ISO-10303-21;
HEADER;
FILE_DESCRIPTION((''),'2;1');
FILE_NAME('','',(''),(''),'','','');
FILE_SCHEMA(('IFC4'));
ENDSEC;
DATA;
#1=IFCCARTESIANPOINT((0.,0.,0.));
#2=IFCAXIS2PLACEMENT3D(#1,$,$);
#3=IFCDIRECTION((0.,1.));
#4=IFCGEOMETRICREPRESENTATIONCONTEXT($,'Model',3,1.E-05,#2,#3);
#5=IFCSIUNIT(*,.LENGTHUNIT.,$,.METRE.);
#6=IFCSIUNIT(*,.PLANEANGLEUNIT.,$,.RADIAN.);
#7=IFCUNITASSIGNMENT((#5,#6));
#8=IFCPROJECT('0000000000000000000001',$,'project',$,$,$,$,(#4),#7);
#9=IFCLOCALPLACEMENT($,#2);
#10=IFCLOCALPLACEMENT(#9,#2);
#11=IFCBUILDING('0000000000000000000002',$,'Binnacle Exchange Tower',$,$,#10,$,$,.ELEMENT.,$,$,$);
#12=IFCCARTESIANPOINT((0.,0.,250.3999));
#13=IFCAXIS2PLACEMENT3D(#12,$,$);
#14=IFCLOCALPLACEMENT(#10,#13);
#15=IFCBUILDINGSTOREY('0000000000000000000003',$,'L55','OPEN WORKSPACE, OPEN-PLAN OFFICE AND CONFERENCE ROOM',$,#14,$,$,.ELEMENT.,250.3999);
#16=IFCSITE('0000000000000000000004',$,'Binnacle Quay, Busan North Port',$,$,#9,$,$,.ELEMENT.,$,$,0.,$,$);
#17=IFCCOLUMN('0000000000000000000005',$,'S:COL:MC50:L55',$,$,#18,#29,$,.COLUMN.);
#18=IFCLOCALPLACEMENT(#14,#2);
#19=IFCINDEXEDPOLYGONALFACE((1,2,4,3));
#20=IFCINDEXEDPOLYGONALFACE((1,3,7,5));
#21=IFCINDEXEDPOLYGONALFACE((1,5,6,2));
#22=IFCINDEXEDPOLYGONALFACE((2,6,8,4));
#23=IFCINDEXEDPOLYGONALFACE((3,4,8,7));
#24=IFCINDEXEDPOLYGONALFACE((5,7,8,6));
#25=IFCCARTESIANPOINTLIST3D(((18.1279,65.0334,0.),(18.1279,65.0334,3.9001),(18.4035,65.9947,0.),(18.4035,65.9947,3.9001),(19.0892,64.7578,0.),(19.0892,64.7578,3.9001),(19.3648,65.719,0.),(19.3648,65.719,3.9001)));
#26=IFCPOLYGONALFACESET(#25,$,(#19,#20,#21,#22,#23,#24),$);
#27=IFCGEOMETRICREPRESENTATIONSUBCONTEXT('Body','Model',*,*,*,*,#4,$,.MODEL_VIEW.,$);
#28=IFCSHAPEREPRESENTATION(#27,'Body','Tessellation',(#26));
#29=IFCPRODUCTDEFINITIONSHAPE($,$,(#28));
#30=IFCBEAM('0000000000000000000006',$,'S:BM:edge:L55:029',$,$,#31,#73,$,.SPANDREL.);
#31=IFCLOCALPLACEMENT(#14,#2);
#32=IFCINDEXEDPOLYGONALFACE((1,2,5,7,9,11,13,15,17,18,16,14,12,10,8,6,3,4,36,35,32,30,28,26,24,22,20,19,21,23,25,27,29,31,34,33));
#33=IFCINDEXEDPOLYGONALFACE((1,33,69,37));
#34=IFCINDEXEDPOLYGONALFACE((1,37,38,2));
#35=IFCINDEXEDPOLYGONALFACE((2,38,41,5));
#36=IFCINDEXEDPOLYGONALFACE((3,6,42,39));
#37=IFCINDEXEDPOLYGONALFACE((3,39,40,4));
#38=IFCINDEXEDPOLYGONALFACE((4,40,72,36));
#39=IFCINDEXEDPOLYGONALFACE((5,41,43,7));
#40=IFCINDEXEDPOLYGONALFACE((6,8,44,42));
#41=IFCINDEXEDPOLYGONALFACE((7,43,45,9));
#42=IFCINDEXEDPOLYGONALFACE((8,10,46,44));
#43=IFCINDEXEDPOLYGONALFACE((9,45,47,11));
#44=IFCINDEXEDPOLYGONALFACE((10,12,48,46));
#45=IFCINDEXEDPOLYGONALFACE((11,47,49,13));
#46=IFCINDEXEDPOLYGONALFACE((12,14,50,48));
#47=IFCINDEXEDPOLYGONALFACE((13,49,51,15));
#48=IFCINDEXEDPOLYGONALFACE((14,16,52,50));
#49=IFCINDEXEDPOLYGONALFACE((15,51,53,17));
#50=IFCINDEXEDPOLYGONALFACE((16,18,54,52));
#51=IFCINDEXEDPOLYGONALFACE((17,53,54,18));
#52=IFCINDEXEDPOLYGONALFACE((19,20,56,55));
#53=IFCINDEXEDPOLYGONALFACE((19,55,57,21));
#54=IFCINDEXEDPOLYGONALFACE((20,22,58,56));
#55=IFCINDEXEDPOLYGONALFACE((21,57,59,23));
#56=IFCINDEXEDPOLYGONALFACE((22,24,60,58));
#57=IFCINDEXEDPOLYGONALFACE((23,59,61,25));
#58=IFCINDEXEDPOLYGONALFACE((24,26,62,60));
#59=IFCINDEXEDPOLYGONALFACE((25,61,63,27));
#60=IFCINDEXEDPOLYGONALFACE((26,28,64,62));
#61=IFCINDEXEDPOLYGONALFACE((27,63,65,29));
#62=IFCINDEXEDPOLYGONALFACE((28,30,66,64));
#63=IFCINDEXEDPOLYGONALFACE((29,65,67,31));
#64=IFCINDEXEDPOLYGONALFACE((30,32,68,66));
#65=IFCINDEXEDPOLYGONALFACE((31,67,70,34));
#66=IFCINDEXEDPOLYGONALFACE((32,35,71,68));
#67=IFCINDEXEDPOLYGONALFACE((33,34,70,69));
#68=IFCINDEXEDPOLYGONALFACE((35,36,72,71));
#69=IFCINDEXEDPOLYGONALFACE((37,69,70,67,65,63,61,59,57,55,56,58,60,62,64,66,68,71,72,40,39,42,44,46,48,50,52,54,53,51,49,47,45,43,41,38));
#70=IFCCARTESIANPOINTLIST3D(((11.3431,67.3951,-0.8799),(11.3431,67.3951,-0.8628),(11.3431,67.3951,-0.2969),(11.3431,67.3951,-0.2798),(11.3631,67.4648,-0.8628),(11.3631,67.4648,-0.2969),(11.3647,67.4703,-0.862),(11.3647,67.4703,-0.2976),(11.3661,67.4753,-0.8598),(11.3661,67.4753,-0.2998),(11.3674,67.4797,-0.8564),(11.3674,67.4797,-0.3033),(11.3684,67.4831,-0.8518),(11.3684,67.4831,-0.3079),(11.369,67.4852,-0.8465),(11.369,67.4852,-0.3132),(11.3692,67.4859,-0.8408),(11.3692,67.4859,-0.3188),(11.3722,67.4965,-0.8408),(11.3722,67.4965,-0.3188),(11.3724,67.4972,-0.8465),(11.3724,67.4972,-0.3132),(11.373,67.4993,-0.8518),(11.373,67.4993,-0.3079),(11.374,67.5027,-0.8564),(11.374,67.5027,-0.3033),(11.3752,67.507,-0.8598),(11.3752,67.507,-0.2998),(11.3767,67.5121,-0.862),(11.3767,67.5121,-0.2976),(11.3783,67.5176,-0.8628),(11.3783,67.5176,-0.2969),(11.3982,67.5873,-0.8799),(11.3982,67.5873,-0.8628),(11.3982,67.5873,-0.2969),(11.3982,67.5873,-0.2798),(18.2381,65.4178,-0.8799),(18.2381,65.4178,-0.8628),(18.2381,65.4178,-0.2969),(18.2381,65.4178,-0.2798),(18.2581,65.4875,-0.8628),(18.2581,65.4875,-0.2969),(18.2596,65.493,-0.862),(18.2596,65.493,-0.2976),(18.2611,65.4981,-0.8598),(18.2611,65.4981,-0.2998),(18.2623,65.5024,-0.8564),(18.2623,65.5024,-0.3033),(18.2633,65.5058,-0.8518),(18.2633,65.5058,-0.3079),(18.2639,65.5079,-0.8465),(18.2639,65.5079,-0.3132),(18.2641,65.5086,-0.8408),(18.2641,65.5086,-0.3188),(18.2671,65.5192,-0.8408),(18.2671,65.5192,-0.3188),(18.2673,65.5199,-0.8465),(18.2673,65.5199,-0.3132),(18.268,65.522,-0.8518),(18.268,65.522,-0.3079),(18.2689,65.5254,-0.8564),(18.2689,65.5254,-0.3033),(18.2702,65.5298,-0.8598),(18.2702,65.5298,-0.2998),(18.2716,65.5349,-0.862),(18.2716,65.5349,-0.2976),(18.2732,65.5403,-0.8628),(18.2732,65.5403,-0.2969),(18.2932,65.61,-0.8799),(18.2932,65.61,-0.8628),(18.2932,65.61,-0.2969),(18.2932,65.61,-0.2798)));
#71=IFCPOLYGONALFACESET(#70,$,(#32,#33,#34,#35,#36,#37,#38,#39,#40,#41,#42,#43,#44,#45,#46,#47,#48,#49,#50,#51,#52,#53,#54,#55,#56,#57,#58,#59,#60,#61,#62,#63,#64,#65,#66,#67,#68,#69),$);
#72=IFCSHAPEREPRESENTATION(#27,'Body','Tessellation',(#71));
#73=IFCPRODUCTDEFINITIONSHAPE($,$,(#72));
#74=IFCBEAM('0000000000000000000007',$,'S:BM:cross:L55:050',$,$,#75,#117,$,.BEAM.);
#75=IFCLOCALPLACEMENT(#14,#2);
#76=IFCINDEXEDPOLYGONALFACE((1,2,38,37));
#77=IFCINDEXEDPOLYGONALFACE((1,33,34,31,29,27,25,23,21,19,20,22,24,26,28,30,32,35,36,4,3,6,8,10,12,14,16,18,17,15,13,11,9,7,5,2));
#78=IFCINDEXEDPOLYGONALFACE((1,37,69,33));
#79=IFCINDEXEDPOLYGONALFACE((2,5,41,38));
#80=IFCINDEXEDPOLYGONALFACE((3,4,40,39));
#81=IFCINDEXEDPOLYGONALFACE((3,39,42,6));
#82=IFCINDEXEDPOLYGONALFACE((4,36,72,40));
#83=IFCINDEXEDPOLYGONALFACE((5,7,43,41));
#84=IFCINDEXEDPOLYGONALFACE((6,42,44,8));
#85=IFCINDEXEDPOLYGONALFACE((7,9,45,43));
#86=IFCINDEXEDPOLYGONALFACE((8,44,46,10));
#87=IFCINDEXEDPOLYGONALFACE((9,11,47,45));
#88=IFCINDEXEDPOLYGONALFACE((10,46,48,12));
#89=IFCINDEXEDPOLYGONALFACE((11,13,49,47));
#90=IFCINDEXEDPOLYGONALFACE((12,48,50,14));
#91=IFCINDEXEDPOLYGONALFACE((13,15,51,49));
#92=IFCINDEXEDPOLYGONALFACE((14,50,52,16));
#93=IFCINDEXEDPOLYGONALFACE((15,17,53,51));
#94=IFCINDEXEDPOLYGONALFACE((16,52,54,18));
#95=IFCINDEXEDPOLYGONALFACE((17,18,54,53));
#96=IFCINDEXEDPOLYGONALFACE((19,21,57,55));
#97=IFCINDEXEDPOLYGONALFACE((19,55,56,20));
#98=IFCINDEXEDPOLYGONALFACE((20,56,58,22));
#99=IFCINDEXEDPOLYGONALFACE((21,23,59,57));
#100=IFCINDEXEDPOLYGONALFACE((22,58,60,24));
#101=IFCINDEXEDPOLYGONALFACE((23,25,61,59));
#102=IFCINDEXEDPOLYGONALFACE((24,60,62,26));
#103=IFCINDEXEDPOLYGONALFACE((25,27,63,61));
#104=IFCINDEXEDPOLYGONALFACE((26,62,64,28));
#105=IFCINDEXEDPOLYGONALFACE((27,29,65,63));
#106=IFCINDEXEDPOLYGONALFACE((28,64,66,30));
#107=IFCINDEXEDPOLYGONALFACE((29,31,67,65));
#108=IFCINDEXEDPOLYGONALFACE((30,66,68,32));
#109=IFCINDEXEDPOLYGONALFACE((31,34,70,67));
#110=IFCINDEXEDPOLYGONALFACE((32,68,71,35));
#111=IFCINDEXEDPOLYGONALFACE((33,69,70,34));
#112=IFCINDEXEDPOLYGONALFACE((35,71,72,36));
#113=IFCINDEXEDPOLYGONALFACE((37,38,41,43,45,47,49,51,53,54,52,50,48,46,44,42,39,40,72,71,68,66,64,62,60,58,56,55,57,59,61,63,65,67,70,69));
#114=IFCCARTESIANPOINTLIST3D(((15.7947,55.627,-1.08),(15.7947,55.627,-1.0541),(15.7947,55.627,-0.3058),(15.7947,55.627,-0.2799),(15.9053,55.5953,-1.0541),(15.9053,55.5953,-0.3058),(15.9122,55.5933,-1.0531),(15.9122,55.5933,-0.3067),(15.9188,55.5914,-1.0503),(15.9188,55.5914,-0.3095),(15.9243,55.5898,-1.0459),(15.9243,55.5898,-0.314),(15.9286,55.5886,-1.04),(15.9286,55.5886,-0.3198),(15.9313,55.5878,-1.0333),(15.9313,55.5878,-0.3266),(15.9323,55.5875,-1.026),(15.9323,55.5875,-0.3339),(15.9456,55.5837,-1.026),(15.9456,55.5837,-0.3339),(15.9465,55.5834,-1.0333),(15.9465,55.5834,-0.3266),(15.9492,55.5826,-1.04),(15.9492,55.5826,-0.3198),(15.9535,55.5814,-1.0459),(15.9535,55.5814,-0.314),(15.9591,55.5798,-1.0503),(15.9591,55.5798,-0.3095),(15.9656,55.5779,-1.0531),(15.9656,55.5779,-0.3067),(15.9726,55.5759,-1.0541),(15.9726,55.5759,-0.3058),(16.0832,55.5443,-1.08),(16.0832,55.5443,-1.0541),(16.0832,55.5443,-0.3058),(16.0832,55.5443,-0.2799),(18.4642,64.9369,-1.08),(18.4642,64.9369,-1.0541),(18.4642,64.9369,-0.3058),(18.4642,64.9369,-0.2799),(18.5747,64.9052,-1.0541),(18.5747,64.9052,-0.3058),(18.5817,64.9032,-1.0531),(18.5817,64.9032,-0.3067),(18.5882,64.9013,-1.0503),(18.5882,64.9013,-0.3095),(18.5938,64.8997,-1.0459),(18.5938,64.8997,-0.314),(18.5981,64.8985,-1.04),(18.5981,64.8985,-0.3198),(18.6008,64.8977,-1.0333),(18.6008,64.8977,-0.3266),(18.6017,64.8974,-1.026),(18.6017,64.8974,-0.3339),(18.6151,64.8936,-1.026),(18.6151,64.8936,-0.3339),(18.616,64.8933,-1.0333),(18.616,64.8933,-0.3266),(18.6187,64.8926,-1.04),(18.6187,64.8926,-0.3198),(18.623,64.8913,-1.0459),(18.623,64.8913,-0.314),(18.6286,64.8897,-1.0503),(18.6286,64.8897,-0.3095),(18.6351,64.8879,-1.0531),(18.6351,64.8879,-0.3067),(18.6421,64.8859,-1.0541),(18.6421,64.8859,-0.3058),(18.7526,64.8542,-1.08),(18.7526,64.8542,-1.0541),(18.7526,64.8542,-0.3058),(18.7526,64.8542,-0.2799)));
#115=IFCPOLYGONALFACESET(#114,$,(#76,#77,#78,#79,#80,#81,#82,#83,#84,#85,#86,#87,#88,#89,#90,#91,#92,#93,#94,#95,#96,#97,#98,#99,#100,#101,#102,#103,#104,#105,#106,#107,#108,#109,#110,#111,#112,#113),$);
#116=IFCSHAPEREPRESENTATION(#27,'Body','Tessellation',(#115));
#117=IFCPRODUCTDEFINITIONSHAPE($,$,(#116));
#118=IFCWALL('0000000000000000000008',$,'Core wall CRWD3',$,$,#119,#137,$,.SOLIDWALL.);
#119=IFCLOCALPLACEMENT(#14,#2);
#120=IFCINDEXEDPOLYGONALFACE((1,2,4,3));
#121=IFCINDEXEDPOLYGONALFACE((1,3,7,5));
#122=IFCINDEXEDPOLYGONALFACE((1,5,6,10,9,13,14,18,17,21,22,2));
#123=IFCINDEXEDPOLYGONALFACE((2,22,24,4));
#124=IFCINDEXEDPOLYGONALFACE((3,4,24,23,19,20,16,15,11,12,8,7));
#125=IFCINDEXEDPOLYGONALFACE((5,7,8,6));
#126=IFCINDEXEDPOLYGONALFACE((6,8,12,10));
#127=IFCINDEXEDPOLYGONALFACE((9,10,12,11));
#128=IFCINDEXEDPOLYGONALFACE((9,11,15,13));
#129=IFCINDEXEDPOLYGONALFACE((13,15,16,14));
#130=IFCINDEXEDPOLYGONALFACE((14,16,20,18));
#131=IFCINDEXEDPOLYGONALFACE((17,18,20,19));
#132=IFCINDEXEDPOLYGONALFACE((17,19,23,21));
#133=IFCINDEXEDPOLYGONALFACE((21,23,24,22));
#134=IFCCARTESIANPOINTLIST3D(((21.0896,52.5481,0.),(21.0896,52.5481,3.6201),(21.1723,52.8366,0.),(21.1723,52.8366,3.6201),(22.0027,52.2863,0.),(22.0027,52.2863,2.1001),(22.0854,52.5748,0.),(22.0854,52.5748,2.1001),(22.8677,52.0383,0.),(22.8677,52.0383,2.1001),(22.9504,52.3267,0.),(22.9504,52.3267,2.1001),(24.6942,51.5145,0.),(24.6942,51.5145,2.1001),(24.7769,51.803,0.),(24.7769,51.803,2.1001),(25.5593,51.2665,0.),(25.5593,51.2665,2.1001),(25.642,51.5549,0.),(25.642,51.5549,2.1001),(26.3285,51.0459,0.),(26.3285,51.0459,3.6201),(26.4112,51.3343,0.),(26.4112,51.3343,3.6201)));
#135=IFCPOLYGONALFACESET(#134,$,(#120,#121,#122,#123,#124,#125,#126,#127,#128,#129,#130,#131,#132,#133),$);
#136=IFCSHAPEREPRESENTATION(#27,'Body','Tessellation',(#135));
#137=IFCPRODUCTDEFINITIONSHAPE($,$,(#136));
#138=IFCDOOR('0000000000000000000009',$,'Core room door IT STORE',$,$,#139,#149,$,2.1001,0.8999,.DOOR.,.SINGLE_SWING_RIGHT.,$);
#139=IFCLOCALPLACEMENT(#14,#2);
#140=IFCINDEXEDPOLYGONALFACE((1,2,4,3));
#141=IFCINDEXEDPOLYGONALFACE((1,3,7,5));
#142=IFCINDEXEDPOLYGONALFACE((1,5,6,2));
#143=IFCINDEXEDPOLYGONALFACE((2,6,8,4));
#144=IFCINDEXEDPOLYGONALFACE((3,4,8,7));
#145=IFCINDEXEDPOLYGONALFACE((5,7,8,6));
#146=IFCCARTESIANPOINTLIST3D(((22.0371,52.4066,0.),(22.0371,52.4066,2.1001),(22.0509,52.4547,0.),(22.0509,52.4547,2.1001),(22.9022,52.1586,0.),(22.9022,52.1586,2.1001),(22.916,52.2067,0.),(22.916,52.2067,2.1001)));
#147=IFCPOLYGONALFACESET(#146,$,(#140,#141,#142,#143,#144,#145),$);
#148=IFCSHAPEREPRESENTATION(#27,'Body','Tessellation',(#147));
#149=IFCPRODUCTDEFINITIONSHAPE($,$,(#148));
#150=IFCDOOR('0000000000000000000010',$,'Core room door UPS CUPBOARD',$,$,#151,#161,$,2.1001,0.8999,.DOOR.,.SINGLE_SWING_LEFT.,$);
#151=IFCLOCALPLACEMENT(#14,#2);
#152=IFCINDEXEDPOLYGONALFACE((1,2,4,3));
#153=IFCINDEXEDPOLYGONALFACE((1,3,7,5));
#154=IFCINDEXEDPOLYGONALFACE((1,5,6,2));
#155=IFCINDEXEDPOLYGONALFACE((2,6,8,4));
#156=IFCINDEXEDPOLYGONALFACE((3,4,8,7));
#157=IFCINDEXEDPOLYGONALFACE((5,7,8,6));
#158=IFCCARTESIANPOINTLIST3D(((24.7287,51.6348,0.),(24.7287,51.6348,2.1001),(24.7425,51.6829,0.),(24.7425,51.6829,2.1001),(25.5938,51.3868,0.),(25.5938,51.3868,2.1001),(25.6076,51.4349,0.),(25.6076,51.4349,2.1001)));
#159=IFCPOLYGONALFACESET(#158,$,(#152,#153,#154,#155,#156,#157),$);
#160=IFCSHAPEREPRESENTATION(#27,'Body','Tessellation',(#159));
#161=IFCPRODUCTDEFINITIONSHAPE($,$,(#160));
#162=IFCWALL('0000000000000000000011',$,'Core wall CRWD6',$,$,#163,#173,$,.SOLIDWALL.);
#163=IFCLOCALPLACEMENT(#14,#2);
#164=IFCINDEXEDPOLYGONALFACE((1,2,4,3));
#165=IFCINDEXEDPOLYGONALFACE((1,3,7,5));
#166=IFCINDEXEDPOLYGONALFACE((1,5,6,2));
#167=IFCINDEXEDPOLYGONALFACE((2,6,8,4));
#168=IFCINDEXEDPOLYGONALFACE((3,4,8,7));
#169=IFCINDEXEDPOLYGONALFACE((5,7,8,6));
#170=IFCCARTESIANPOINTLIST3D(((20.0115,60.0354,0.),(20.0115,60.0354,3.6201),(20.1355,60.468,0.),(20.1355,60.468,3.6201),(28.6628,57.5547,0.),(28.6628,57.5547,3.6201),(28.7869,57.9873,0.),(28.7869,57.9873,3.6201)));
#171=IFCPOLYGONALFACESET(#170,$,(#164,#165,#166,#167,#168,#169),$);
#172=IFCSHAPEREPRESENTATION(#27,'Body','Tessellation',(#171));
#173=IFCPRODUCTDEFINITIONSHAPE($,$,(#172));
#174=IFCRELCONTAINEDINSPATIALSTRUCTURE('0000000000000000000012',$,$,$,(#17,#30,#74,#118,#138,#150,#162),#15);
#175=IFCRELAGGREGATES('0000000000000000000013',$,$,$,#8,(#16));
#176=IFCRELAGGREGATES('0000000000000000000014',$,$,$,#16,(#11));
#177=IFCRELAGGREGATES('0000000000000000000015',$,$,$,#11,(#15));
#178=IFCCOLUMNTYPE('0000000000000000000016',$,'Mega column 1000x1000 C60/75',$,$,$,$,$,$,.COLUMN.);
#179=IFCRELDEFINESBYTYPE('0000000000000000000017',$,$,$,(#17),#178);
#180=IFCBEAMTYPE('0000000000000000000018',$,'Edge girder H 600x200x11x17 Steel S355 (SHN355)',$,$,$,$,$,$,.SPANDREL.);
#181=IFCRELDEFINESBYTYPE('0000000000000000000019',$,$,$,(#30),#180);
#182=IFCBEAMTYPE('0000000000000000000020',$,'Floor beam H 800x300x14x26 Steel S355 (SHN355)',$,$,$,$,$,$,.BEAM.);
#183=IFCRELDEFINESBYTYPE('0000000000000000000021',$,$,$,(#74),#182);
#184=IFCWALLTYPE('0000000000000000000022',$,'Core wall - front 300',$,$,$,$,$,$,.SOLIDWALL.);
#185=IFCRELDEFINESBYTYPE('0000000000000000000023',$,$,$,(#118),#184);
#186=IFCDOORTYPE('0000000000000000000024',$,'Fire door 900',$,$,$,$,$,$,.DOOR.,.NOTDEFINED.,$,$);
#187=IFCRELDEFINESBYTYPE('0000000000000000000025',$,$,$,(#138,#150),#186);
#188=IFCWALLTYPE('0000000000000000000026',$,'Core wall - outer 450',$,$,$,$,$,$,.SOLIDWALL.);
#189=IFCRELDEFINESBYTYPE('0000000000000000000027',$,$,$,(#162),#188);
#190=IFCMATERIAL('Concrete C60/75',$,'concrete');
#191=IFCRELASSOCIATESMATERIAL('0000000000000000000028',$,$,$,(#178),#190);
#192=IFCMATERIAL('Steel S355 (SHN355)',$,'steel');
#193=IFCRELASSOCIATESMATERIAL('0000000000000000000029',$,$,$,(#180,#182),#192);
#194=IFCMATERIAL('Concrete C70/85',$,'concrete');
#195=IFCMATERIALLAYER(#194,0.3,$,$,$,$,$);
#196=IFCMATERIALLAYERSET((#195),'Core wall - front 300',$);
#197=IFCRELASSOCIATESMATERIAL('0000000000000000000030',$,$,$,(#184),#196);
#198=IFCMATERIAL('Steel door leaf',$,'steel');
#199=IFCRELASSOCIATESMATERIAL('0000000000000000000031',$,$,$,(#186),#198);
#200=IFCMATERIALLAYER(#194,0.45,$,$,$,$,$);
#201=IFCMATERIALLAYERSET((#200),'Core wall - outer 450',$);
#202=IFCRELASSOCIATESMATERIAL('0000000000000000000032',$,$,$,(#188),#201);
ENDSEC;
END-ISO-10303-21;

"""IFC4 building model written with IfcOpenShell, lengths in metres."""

from ifc_helpers import new_model, si_unit, direction, frame, frame_2d, origin, origin_2d, place, context, subcontext, project, spatial, rectangle, i_section, extrude, material, layer, layer_set, material_profile, profile_set, type_object, element, fill, save


model = new_model("IFC4")

# Units and contexts
model_context = context("Model", 3, precision=1e-05, world=origin(), true_north=direction((0.0, 1.0)))
body_context = subcontext(model_context, "Body", "Model", "MODEL_VIEW")
ifc_project = project(units=[si_unit("LENGTHUNIT", "METRE"), si_unit("PLANEANGLEUNIT", "RADIAN")], contexts=[model_context])

# Site, building, storey
site_placement = place(None, origin())
site = spatial("IfcSite", under=ifc_project, at=site_placement, Name="Binnacle Quay, Busan North Port", CompositionType="ELEMENT", RefElevation=0.0)
building_placement = place(site_placement, origin())
building = spatial("IfcBuilding", under=site, at=building_placement, Name="Binnacle Exchange Tower", CompositionType="ELEMENT")
storey_placement = place(building_placement, frame((0.0, 0.0, 250.3999)))
storey = spatial("IfcBuildingStorey", under=building, at=storey_placement, Name="L55", Description="OPEN WORKSPACE, OPEN-PLAN OFFICE AND CONFERENCE ROOM", CompositionType="ELEMENT", Elevation=250.3999)

# Column
ifc_material_1 = material(Name="Concrete C60/75", Category="concrete")
ifc_material_profile_1 = material_profile(ifc_material_1, rectangle(XDim=1.0, YDim=1.0, at=origin_2d()), Name="Mega column 1000x1000 C60/75")
ifc_profile_set_1 = profile_set([ifc_material_profile_1], Name="Concrete C60/75")
column_type = type_object("IfcColumnType", Name="Mega column 1000x1000 C60/75", PredefinedType="COLUMN", material=ifc_profile_set_1)
column_placement = place(storey_placement, frame((18.7463, 65.3762, 0.0), z_axis=(0.0, 0.0, 1.0), x_axis=(-0.961262, 0.275637, 0.0)))
element("IfcColumn", 1, at=column_placement, inside=storey, type_object=column_type, Name="S:COL:MC50:L55", PredefinedType="COLUMN", context=body_context, shape_type="SweptSolid", body=[
    extrude(rectangle(XDim=1.0, YDim=1.0, at=origin_2d()), origin(), (0.0, 0.0, 1.0), 3.9001),
])

# Beams
ifc_material_2 = material(Name="Steel S355 (SHN355)", Category="steel")
ifc_material_profile_2 = material_profile(ifc_material_2, i_section(OverallWidth=0.2, OverallDepth=0.6001, WebThickness=0.011, FlangeThickness=0.0171, FilletRadius=0.022, at=origin_2d()), Name="H 600x200x11x17")
ifc_profile_set_2 = profile_set([ifc_material_profile_2], Name="Steel S355 (SHN355)")
beam_type_1 = type_object("IfcBeamType", Name="Edge girder H 600x200x11x17 Steel S355 (SHN355)", PredefinedType="SPANDREL", material=ifc_profile_set_2)
beam_1_placement = place(storey_placement, frame((18.2656, 65.5139, -0.5798), z_axis=(-0.961255, 0.275661, 0.0), x_axis=(-0.275661, -0.961255, 0.0)))
element("IfcBeam", 2, at=beam_1_placement, inside=storey, type_object=beam_type_1, Name="S:BM:edge:L55:029", PredefinedType="SPANDREL", context=body_context, shape_type="SweptSolid", body=[
    extrude(i_section(OverallWidth=0.2, OverallDepth=0.6001, WebThickness=0.011, FlangeThickness=0.0171, FilletRadius=0.022, at=origin_2d()), origin(), (0.0, 0.0, 1.0), 7.1729),
])
ifc_material_profile_3 = material_profile(ifc_material_2, i_section(OverallWidth=0.3, OverallDepth=0.8, WebThickness=0.0139, FlangeThickness=0.0259, FilletRadius=0.0281, at=origin_2d()), Name="H 800x300x14x26")
ifc_profile_set_3 = profile_set([ifc_material_profile_3], Name="Steel S355 (SHN355)")
beam_type_2 = type_object("IfcBeamType", Name="Floor beam H 800x300x14x26 Steel S355 (SHN355)", PredefinedType="BEAM", material=ifc_profile_set_3)
beam_2_placement = place(storey_placement, frame((18.6084, 64.8955, -0.6799), z_axis=(-0.275627, -0.961265, 0.0), x_axis=(0.961265, -0.275627, 0.0)))
element("IfcBeam", 3, at=beam_2_placement, inside=storey, type_object=beam_type_2, Name="S:BM:cross:L55:050", PredefinedType="BEAM", context=body_context, shape_type="SweptSolid", body=[
    extrude(i_section(OverallWidth=0.3, OverallDepth=0.8, WebThickness=0.0139, FlangeThickness=0.0259, FilletRadius=0.0281, at=origin_2d()), origin(), (0.0, 0.0, 1.0), 9.6851),
])

# Wall, openings, doors
ifc_material_3 = material(Name="Concrete C70/85", Category="concrete")
ifc_layer_1 = layer(ifc_material_3, 0.3)
ifc_layer_set_1 = layer_set([ifc_layer_1], Name="Core wall - front 300")
wall_type_1 = type_object("IfcWallType", Name="Core wall - front 300", PredefinedType="SOLIDWALL", material=ifc_layer_set_1)
wall_1_placement = place(storey_placement, frame((21.1309, 52.6924, 0.0), z_axis=(0.0, 0.0, 1.0), x_axis=(0.961261, -0.275638, 0.0)))
wall_1 = element("IfcWall", 4, at=wall_1_placement, inside=storey, type_object=wall_type_1, Name="Core wall CRWD3", PredefinedType="SOLIDWALL", context=body_context, shape_type="SweptSolid", body=[
    extrude(rectangle(XDim=5.45, YDim=0.3, at=frame_2d((2.7251, 0.0))), origin(), (0.0, 0.0, 1.0), 3.6201),
])
opening_1_placement = place(wall_1_placement, frame((0.95, 0.0, 0.0)))
opening_1 = element("IfcOpeningElement", 5, at=opening_1_placement, cuts=wall_1, PredefinedType="OPENING", context=body_context, shape_type="SweptSolid", body=[
    extrude(rectangle(XDim=0.8999, YDim=2.1001, at=frame_2d((0.45, 1.05))), frame((0.0, 0.1599, 0.0), z_axis=(0.0, -1.0, 0.0), x_axis=(1.0, 0.0, 0.0)), (0.0, 0.0, 1.0), 0.3201),
])
opening_2_placement = place(wall_1_placement, frame((3.75, 0.0, 0.0)))
opening_2 = element("IfcOpeningElement", 6, at=opening_2_placement, cuts=wall_1, PredefinedType="OPENING", context=body_context, shape_type="SweptSolid", body=[
    extrude(rectangle(XDim=0.8999, YDim=2.1001, at=frame_2d((0.45, 1.05))), frame((0.0, 0.1599, 0.0), z_axis=(0.0, -1.0, 0.0), x_axis=(1.0, 0.0, 0.0)), (0.0, 0.0, 1.0), 0.3201),
])
ifc_material_4 = material(Name="Steel door leaf", Category="steel")
door_type_1 = type_object("IfcDoorType", Name="Fire door 900", OperationType="NOTDEFINED", PredefinedType="DOOR", material=ifc_material_4)
door_1_placement = place(opening_1_placement, frame((0.8999, 0.0, 0.0), z_axis=(0.0, 0.0, 1.0), x_axis=(-1.0, 0.0, 0.0)))
door_1 = element("IfcDoor", 7, at=door_1_placement, inside=storey, type_object=door_type_1, Name="Core room door IT STORE", OperationType="SINGLE_SWING_RIGHT", OverallHeight=2.1001, OverallWidth=0.8999, PredefinedType="DOOR", context=body_context, shape_type="SweptSolid", body=[
    extrude(rectangle(XDim=0.8999, YDim=2.1001, at=frame_2d((0.45, 1.05))), frame((0.0, 0.0249, 0.0), z_axis=(0.0, -1.0, 0.0), x_axis=(1.0, 0.0, 0.0)), (0.0, 0.0, 1.0), 0.05),
])
fill(opening_1, door_1)
door_2_placement = place(opening_2_placement, frame((0.8999, 0.0, 0.0), z_axis=(0.0, 0.0, 1.0), x_axis=(-1.0, 0.0, 0.0)))
door_2 = element("IfcDoor", 8, at=door_2_placement, inside=storey, type_object=door_type_1, Name="Core room door UPS CUPBOARD", OperationType="SINGLE_SWING_LEFT", OverallHeight=2.1001, OverallWidth=0.8999, PredefinedType="DOOR", context=body_context, shape_type="SweptSolid", body=[
    extrude(rectangle(XDim=0.8999, YDim=2.1001, at=frame_2d((0.45, 1.05))), frame((0.0, 0.0249, 0.0), z_axis=(0.0, -1.0, 0.0), x_axis=(1.0, 0.0, 0.0)), (0.0, 0.0, 1.0), 0.05),
])
fill(opening_2, door_2)

# Wall
ifc_layer_2 = layer(ifc_material_3, 0.45)
ifc_layer_set_2 = layer_set([ifc_layer_2], Name="Core wall - outer 450")
wall_type_2 = type_object("IfcWallType", Name="Core wall - outer 450", PredefinedType="SOLIDWALL", material=ifc_layer_set_2)
wall_2_placement = place(storey_placement, frame((20.0735, 60.2517, 0.0), z_axis=(0.0, 0.0, 1.0), x_axis=(0.961262, -0.275635, 0.0)))
element("IfcWall", 9, at=wall_2_placement, inside=storey, type_object=wall_type_2, Name="Core wall CRWD6", PredefinedType="SOLIDWALL", context=body_context, shape_type="SweptSolid", body=[
    extrude(rectangle(XDim=9.0, YDim=0.45, at=frame_2d((4.5, 0.0))), origin(), (0.0, 0.0, 1.0), 3.6201),
])

save(model, "model.ifc")
